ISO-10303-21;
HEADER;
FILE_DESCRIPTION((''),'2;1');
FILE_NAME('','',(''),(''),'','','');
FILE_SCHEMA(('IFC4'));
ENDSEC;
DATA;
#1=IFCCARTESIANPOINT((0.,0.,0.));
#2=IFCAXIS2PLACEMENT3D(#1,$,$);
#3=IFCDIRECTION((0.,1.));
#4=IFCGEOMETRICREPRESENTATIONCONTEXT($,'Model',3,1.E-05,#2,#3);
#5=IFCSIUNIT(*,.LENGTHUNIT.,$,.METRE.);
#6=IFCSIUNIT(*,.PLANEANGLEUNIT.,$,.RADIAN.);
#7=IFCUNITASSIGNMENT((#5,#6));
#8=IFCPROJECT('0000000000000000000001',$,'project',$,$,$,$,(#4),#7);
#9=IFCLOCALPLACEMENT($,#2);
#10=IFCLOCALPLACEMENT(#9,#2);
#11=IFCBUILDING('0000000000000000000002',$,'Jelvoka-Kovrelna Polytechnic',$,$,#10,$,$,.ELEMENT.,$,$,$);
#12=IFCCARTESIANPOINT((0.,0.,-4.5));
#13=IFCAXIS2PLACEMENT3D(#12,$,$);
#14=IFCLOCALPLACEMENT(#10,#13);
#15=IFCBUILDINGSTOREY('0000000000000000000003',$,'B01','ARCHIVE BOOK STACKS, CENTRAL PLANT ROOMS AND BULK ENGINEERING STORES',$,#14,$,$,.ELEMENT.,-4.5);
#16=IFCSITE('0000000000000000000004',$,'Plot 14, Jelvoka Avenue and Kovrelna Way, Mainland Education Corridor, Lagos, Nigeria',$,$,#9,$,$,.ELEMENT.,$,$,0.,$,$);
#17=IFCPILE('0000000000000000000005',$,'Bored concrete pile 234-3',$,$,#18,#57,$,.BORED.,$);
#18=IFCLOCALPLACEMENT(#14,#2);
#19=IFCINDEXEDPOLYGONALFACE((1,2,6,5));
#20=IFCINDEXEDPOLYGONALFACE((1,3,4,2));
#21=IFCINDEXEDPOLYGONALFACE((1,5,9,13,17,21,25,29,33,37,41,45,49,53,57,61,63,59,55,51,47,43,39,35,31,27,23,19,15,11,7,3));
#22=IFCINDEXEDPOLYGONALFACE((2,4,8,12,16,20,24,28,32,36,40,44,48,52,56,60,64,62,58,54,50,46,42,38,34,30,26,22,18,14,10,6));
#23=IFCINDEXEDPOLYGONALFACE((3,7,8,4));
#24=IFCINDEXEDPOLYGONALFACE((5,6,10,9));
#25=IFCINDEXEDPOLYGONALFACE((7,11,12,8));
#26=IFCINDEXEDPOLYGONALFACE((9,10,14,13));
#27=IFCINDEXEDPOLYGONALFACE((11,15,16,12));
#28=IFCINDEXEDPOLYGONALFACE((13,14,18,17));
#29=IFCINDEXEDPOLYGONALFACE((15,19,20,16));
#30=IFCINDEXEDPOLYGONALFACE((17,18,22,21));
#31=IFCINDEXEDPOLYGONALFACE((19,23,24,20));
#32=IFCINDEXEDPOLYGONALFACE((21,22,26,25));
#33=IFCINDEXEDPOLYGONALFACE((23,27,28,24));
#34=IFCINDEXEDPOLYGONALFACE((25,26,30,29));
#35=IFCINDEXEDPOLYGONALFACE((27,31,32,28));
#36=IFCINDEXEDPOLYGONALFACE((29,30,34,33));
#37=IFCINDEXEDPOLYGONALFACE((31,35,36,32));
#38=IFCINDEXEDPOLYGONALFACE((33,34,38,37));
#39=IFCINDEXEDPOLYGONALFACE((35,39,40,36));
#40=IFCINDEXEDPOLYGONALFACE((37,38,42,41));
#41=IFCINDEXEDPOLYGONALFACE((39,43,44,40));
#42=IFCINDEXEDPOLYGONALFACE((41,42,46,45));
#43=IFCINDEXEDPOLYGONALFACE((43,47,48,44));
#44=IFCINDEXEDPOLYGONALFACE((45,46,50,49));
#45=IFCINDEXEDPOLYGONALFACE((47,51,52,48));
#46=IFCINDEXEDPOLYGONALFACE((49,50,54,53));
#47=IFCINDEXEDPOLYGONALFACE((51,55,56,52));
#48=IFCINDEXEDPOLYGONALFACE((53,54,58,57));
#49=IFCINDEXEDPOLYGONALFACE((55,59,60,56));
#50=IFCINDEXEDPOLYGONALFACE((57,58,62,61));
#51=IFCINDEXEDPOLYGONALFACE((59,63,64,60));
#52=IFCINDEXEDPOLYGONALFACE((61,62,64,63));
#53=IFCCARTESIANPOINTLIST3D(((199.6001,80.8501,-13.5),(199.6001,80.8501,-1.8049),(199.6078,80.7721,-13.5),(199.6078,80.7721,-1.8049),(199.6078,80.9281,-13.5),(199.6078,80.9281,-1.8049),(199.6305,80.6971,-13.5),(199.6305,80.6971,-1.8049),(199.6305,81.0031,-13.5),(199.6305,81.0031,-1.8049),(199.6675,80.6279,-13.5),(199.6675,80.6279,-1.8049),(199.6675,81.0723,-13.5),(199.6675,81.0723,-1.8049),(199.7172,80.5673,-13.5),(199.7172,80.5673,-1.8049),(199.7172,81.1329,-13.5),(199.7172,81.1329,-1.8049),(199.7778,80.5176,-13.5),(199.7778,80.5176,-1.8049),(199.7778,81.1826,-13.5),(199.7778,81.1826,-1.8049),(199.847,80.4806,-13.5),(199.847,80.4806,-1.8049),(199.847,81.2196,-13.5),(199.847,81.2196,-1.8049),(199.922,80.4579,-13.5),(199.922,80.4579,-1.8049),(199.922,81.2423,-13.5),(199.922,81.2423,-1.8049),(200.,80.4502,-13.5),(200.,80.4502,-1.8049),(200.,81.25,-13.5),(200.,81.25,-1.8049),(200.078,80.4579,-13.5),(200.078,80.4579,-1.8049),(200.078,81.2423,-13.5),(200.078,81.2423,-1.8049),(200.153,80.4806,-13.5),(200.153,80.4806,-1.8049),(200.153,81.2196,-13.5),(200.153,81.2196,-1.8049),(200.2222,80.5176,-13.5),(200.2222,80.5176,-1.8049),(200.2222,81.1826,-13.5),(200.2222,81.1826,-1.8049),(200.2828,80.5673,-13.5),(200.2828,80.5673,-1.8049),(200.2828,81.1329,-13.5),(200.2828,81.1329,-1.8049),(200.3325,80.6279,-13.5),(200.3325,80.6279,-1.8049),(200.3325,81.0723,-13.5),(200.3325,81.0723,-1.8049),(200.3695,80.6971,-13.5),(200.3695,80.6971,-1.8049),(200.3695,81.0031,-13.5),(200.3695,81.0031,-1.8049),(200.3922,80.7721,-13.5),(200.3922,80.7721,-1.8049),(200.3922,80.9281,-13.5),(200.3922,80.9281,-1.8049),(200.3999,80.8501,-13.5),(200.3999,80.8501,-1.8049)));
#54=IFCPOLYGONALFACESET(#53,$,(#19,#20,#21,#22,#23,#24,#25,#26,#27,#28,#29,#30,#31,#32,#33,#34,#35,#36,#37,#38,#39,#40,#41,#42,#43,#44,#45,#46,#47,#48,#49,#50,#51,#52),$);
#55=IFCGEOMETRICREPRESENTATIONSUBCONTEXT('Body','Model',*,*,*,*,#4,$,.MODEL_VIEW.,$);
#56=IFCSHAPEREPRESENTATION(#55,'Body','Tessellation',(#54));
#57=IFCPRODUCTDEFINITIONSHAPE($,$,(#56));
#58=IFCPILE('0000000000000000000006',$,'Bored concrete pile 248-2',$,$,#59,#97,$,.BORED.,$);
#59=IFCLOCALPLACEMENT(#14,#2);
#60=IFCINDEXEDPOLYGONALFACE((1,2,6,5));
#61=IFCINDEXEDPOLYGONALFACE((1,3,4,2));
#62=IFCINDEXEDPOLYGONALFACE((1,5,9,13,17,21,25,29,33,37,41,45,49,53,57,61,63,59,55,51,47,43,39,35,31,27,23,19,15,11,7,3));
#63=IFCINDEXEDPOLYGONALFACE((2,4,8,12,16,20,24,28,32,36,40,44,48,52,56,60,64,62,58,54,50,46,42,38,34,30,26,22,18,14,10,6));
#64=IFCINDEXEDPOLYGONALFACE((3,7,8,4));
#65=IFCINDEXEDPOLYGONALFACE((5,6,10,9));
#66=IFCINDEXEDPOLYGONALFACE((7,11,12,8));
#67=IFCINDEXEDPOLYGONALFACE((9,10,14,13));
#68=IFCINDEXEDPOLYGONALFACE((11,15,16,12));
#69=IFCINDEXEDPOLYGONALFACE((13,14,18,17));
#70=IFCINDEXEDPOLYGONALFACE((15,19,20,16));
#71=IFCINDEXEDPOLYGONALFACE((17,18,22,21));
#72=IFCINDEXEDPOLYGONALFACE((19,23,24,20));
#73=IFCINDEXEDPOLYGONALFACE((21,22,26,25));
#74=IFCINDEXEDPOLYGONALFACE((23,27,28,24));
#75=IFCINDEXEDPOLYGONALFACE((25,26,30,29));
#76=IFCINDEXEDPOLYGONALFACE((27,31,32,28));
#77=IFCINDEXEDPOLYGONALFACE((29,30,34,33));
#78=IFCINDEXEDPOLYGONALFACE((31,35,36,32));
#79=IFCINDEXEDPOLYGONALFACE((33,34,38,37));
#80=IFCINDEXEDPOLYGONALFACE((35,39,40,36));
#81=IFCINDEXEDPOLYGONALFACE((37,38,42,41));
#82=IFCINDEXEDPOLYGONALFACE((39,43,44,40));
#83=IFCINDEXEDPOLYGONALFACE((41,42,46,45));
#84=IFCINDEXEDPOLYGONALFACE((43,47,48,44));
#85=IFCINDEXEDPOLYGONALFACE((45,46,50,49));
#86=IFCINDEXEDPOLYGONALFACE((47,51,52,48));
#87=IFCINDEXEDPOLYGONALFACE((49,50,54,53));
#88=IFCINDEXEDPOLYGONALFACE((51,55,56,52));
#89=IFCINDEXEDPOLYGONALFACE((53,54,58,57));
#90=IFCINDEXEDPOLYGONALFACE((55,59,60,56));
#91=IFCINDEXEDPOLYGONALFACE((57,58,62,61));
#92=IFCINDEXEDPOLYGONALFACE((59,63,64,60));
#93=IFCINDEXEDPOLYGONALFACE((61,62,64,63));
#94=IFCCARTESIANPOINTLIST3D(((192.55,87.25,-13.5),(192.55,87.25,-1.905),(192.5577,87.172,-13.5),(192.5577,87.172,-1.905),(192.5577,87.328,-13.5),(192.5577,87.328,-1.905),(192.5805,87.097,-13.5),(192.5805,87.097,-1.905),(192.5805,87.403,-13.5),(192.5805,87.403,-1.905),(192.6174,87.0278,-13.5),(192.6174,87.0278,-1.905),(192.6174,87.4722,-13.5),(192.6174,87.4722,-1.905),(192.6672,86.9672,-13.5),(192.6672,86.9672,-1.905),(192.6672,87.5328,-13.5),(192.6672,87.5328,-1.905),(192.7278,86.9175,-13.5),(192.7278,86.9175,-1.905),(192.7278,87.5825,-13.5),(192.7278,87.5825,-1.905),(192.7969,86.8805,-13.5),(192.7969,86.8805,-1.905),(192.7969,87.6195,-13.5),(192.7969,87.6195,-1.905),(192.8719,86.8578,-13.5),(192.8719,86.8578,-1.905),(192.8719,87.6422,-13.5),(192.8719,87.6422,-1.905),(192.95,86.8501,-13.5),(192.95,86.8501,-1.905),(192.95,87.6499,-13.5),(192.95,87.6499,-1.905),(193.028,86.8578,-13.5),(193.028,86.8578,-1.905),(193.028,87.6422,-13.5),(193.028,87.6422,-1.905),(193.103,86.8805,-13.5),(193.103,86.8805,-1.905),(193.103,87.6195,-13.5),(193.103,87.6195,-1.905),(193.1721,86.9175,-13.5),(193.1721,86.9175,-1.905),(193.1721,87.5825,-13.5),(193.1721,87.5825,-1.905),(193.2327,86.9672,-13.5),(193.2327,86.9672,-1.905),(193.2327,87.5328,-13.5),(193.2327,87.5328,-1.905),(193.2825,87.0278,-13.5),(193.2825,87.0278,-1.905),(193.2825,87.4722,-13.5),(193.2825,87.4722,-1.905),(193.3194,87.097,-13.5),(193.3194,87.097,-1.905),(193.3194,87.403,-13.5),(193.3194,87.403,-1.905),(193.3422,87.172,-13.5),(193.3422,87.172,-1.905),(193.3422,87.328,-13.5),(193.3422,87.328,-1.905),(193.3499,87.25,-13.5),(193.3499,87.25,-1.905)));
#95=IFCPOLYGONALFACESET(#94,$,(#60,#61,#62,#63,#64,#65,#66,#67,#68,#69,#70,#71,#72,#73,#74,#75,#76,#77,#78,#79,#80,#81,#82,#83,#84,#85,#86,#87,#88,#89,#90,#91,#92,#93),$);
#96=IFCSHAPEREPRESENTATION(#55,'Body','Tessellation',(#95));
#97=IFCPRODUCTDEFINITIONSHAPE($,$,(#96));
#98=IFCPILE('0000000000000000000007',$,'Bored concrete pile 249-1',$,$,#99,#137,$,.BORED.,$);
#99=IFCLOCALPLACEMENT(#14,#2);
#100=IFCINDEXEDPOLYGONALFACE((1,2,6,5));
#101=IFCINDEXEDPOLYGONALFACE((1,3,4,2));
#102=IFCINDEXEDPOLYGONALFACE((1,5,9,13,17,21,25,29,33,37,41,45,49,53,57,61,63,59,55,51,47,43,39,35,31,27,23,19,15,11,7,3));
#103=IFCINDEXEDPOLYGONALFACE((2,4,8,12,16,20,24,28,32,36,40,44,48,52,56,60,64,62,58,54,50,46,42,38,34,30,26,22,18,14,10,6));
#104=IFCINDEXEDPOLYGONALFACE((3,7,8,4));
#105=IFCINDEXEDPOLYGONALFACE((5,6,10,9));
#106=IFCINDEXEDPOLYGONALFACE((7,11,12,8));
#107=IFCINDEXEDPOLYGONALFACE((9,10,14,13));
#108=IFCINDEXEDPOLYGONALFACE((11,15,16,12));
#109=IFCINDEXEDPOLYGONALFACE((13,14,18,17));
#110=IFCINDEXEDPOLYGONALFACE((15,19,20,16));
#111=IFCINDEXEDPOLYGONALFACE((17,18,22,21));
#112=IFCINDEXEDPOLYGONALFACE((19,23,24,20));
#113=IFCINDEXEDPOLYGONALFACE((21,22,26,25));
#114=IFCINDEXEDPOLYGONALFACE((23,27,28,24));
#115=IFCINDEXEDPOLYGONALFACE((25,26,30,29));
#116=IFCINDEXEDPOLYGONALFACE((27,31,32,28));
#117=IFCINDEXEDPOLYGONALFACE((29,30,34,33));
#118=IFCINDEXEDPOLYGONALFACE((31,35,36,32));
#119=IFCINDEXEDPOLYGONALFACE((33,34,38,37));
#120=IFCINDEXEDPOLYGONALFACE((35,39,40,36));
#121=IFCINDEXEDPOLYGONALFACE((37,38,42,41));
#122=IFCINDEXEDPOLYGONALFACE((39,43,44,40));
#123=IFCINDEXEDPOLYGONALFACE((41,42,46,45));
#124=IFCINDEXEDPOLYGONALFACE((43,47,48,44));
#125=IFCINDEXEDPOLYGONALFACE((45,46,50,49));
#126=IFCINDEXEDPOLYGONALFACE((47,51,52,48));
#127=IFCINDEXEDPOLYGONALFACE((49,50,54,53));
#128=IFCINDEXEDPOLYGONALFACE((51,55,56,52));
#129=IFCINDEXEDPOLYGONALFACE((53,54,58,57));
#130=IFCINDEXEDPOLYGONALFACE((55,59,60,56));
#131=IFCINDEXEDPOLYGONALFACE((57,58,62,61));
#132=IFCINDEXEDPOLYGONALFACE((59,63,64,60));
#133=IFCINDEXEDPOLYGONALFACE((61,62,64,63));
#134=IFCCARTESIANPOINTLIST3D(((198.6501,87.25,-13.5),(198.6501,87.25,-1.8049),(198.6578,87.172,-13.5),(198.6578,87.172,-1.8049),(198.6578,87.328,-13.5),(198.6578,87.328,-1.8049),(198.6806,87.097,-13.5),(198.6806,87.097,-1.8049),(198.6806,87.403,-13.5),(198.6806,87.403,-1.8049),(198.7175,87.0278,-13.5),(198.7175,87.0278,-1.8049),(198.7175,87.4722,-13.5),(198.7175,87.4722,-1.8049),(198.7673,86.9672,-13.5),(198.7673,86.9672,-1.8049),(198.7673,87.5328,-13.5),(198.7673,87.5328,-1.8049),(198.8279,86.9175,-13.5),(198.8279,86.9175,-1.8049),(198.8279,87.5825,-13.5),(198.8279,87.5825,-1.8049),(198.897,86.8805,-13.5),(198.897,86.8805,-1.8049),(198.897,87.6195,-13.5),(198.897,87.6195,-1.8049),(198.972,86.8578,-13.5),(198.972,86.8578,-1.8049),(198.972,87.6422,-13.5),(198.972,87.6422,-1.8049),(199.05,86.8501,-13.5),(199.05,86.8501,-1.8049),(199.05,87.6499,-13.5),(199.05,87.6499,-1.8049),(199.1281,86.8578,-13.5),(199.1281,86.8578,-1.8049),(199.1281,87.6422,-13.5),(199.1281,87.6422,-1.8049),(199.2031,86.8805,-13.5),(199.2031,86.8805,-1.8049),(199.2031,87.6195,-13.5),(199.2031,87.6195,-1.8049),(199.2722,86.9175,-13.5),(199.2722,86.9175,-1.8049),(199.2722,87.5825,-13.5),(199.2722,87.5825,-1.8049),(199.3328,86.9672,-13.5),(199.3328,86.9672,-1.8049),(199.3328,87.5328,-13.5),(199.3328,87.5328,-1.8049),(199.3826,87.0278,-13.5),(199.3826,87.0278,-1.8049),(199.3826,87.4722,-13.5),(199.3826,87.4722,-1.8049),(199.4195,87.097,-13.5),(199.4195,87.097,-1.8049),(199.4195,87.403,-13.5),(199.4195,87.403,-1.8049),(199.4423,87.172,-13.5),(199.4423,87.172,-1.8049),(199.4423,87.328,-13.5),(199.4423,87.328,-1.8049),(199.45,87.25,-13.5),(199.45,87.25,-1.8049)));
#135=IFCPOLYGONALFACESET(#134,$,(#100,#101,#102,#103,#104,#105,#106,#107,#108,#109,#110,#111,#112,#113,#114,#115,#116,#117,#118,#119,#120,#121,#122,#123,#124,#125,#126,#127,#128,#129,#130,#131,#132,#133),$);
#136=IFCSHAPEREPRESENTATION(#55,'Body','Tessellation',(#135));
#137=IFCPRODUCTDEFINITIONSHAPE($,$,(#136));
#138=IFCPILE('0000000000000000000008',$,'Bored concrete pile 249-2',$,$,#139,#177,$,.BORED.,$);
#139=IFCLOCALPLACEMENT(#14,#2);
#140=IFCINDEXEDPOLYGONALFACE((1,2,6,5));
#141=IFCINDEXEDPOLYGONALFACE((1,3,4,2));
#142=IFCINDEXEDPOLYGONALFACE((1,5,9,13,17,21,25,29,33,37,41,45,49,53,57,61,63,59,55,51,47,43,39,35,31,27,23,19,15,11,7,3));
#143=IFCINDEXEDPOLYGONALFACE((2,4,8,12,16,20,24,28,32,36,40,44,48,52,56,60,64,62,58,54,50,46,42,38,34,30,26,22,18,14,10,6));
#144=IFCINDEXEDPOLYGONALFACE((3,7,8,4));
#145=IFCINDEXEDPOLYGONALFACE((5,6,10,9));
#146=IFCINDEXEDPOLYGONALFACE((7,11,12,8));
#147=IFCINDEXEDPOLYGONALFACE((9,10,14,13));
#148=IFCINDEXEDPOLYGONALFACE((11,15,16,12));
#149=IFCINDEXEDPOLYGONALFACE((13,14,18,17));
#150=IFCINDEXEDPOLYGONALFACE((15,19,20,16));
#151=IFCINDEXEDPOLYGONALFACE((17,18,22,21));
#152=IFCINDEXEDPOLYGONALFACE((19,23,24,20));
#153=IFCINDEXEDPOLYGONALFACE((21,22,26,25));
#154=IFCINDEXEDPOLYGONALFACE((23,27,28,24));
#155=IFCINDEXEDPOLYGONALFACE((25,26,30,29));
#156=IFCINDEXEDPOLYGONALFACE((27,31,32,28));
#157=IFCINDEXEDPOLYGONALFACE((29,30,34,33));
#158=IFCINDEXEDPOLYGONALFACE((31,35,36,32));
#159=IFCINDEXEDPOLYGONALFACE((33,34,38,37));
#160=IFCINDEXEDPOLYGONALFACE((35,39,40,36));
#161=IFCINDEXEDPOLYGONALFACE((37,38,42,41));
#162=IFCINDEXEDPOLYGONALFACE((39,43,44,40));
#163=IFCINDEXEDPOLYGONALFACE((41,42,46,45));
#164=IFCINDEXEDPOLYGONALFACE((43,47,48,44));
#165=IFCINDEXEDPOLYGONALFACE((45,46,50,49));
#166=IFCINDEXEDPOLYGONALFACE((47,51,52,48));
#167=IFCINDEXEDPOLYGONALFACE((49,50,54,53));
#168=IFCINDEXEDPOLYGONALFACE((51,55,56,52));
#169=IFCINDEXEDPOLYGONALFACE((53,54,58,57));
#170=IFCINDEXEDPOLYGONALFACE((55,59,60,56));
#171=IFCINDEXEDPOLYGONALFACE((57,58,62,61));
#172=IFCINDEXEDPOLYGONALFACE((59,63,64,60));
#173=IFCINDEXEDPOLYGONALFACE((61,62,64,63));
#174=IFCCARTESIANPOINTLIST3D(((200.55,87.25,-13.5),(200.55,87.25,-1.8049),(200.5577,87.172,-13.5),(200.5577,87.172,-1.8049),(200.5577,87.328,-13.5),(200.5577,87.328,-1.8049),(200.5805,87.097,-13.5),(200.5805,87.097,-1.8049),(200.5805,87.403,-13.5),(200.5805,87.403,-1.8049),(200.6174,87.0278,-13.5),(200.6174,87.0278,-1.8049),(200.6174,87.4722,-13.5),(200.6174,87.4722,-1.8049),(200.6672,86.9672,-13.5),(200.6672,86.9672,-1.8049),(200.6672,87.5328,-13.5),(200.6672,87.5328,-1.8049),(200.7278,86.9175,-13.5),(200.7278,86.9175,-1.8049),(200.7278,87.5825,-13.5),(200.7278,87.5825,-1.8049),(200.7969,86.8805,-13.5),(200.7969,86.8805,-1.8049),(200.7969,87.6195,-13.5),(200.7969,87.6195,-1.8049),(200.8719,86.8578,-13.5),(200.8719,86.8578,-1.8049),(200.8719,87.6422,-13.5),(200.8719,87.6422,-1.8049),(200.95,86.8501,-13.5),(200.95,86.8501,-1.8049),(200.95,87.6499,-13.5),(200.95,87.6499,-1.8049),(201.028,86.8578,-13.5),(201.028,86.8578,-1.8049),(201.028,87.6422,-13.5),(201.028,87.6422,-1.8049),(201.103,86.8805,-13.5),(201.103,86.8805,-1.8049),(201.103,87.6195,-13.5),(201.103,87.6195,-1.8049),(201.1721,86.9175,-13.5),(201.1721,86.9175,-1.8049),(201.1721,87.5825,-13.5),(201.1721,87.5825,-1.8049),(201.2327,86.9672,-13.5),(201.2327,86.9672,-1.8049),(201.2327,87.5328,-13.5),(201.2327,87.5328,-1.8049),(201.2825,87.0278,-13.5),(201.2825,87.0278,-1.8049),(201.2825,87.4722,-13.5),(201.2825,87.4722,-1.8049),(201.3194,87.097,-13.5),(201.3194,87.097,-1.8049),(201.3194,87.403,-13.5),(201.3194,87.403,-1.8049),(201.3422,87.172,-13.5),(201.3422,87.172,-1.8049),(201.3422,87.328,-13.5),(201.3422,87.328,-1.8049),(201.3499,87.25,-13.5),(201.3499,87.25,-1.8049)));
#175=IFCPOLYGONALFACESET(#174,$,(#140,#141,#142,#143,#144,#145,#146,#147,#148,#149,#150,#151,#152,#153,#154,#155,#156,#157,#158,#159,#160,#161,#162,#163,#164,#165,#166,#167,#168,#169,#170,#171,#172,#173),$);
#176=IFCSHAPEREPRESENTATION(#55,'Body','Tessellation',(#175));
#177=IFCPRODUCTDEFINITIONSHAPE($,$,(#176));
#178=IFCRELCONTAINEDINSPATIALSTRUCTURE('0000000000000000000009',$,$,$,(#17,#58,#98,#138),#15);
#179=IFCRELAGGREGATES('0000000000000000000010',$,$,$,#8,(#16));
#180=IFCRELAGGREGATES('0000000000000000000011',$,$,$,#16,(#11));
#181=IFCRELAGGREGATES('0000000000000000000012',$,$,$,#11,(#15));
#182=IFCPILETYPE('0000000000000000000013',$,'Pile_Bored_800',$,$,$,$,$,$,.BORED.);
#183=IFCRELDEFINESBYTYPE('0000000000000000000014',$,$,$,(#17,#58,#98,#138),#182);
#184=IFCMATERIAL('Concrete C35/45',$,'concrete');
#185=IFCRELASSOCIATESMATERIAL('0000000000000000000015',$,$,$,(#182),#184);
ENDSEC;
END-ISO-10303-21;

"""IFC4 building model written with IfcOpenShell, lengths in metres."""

from ifc_helpers import new_model, si_unit, direction, frame, origin, origin_2d, place, context, subcontext, project, spatial, circle, extrude, material, material_profile, profile_set, type_object, element, save


model = new_model("IFC4")

# Units and contexts
model_context = context("Model", 3, precision=1e-05, world=origin(), true_north=direction((0.0, 1.0)))
body_context = subcontext(model_context, "Body", "Model", "MODEL_VIEW")
ifc_project = project(units=[si_unit("LENGTHUNIT", "METRE"), si_unit("PLANEANGLEUNIT", "RADIAN")], contexts=[model_context])

# Site, building, storey
site_placement = place(None, origin())
site = spatial("IfcSite", under=ifc_project, at=site_placement, Name="Plot 14, Jelvoka Avenue and Kovrelna Way, Mainland Education Corridor, Lagos, Nigeria", CompositionType="ELEMENT", RefElevation=0.0)
building_placement = place(site_placement, origin())
building = spatial("IfcBuilding", under=site, at=building_placement, Name="Jelvoka-Kovrelna Polytechnic", CompositionType="ELEMENT")
storey_placement = place(building_placement, frame((0.0, 0.0, -4.5)))
storey = spatial("IfcBuildingStorey", under=building, at=storey_placement, Name="B01", Description="ARCHIVE BOOK STACKS, CENTRAL PLANT ROOMS AND BULK ENGINEERING STORES", CompositionType="ELEMENT", Elevation=-4.5)

# Piles
ifc_material_1 = material(Name="Concrete C35/45", Category="concrete")
ifc_material_profile_1 = material_profile(ifc_material_1, circle(Radius=0.3999, at=origin_2d()), Name="PILE D800")
ifc_profile_set_1 = profile_set([ifc_material_profile_1], Name="Concrete C35/45")
pile_type = type_object("IfcPileType", Name="Pile_Bored_800", PredefinedType="BORED", material=ifc_profile_set_1)
for number, where, z_axis, x_axis, name in (
    (1, (200.0, 80.8501, -1.8049), (0.0, 0.0, -1.0), (1.0, 0.0, 0.0), "Bored concrete pile 234-3"),
):
    element("IfcPile", number, at=place(storey_placement, frame(where, z_axis=z_axis, x_axis=x_axis)), inside=storey, type_object=pile_type, Name=name, PredefinedType="BORED", context=body_context, shape_type="SweptSolid", body=[
        extrude(circle(Radius=0.3999, at=origin_2d()), origin(), (0.0, 0.0, 1.0), 11.6951),
    ])
pile_placement = place(storey_placement, frame((192.95, 87.25, -1.905), z_axis=(0.0, 0.0, -1.0), x_axis=(1.0, 0.0, 0.0)))
element("IfcPile", 2, at=pile_placement, inside=storey, type_object=pile_type, Name="Bored concrete pile 248-2", PredefinedType="BORED", context=body_context, shape_type="SweptSolid", body=[
    extrude(circle(Radius=0.3999, at=origin_2d()), origin(), (0.0, 0.0, 1.0), 11.595),
])
for number, where, z_axis, x_axis, name in (
    (3, (199.05, 87.25, -1.8049), (0.0, 0.0, -1.0), (1.0, 0.0, 0.0), "Bored concrete pile 249-1"),
    (4, (200.95, 87.25, -1.8049), (0.0, 0.0, -1.0), (1.0, 0.0, 0.0), "Bored concrete pile 249-2"),
):
    element("IfcPile", number, at=place(storey_placement, frame(where, z_axis=z_axis, x_axis=x_axis)), inside=storey, type_object=pile_type, Name=name, PredefinedType="BORED", context=body_context, shape_type="SweptSolid", body=[
        extrude(circle(Radius=0.3999, at=origin_2d()), origin(), (0.0, 0.0, 1.0), 11.6951),
    ])

save(model, "model.ifc")
